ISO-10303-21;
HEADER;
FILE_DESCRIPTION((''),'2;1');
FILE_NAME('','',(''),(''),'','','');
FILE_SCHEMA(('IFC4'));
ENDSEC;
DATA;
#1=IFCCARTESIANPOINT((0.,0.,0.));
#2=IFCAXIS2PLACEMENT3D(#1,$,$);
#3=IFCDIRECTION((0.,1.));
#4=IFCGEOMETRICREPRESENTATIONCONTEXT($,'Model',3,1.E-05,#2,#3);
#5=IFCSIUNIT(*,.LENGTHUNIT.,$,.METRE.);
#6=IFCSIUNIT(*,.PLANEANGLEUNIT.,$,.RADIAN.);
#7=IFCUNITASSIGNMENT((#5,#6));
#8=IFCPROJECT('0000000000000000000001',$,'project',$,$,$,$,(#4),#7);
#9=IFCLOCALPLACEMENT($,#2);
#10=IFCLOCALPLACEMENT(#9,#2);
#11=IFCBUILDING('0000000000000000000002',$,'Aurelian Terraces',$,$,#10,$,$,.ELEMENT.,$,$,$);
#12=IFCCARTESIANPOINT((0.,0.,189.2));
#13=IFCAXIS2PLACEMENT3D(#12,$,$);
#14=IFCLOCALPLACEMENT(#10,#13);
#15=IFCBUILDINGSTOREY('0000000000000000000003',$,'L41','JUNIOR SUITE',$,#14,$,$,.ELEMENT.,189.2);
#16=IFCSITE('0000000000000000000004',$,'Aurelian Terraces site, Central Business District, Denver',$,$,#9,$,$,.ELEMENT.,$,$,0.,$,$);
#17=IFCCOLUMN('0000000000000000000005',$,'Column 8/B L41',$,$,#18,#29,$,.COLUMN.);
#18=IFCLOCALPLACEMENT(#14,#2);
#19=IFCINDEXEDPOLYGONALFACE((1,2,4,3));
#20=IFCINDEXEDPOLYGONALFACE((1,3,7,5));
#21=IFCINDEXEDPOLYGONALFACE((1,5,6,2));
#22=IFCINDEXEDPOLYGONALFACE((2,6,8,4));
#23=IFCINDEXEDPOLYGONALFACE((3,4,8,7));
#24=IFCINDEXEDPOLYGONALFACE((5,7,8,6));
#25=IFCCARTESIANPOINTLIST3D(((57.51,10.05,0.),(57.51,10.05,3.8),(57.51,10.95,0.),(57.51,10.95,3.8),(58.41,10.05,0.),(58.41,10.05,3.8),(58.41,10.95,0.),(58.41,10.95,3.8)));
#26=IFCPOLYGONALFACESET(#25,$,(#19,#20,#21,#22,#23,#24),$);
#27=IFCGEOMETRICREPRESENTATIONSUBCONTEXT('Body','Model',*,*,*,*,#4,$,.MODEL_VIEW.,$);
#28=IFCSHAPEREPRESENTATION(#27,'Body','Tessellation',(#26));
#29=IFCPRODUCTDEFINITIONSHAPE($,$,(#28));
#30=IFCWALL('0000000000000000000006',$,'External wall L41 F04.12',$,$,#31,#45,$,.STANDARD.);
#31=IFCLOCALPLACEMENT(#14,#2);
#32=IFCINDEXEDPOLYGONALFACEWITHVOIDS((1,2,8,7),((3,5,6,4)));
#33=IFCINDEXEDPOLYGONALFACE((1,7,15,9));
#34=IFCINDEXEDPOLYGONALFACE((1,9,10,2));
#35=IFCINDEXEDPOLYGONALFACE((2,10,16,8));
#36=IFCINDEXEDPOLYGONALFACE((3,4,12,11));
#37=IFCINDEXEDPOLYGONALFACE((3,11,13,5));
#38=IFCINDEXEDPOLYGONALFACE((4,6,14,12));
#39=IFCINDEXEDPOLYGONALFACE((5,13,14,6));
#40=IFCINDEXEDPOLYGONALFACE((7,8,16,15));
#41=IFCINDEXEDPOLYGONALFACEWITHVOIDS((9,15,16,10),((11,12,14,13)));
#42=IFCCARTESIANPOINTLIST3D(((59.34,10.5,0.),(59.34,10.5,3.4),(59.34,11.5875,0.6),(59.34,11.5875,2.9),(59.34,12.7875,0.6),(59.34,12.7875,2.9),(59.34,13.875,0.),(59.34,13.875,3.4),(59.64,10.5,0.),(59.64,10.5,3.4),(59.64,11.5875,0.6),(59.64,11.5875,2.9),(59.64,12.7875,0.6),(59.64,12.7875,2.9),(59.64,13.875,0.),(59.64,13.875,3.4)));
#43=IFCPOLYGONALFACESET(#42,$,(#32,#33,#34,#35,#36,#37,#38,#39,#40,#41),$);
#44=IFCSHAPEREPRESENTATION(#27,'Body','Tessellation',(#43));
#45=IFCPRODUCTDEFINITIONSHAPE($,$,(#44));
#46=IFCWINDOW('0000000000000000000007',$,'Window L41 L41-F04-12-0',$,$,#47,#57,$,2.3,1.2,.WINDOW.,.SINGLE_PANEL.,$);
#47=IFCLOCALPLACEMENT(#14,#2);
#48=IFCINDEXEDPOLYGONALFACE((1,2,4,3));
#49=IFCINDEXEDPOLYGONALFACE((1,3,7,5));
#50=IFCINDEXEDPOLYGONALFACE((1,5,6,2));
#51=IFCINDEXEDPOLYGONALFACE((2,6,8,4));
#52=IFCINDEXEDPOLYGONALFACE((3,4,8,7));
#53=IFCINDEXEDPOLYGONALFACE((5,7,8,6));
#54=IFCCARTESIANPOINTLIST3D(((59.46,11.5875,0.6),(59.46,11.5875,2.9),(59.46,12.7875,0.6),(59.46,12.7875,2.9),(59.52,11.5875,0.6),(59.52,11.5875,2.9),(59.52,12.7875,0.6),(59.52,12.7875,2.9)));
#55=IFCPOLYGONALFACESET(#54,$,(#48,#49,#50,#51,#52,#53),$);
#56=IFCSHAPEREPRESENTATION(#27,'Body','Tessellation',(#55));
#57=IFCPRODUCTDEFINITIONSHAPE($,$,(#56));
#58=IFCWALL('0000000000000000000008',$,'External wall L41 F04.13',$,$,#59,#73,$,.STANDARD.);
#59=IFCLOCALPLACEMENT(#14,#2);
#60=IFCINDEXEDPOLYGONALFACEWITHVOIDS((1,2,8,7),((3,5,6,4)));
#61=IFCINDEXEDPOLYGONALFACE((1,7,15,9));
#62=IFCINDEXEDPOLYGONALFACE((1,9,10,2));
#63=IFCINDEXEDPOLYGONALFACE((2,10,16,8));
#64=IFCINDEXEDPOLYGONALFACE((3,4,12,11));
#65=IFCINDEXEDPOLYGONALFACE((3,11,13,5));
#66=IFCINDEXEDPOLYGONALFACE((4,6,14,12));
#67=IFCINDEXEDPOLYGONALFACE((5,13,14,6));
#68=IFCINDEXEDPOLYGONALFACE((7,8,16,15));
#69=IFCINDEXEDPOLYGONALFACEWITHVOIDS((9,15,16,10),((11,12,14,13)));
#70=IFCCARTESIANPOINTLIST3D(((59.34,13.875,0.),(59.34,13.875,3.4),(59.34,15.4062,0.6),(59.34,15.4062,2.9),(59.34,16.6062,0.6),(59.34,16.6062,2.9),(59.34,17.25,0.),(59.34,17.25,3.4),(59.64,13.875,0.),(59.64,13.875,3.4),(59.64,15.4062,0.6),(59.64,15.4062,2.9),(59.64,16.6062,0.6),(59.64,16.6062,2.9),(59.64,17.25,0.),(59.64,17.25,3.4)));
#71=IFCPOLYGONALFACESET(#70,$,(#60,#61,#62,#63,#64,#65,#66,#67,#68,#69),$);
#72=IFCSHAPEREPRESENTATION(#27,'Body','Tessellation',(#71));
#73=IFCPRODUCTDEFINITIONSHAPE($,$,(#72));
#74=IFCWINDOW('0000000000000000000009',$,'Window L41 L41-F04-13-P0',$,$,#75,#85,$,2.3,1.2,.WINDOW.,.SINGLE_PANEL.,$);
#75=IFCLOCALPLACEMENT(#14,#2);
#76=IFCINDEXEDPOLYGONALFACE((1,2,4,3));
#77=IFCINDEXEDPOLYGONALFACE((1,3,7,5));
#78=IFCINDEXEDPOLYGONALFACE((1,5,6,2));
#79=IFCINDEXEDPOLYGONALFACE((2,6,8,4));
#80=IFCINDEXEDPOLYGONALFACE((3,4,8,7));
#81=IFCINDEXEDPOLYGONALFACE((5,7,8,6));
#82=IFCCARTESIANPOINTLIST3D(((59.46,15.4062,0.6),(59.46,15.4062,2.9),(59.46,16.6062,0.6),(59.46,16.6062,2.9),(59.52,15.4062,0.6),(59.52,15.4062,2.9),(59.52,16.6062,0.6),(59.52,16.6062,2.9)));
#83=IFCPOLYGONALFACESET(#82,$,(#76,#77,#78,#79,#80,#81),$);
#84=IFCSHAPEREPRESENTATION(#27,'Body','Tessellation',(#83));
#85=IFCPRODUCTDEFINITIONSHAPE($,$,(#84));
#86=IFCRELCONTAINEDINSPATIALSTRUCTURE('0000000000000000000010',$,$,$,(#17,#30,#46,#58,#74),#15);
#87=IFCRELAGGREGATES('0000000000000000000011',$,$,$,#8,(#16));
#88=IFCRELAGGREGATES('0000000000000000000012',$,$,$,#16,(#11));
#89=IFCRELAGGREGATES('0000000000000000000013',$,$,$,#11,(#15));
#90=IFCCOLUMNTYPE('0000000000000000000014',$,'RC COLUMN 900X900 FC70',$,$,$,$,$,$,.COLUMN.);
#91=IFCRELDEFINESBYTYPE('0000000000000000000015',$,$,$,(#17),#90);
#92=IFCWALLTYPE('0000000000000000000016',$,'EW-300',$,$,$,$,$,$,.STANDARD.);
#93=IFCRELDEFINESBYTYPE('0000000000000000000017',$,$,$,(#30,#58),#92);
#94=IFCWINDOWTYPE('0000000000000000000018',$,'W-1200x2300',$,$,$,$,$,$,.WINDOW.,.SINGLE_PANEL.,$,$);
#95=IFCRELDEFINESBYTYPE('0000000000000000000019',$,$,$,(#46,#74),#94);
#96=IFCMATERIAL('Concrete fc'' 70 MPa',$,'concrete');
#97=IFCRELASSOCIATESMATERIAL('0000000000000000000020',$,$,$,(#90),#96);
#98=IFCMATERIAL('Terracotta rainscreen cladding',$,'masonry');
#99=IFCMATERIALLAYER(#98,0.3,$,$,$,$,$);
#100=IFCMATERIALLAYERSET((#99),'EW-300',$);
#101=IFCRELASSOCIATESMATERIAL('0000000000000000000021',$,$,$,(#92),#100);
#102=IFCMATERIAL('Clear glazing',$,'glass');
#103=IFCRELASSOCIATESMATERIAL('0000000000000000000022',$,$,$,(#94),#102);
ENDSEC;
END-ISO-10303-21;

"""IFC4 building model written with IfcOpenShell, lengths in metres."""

from ifc_helpers import new_model, si_unit, direction, frame, frame_2d, origin, origin_2d, place, context, subcontext, project, spatial, rectangle, extrude, source, transform, mapped, material, layer, layer_set, material_profile, profile_set, type_object, element, fill, save


model = new_model("IFC4")

# Units and contexts
model_context = context("Model", 3, precision=1e-05, world=origin(), true_north=direction((0.0, 1.0)))
body_context = subcontext(model_context, "Body", "Model", "MODEL_VIEW")
ifc_project = project(units=[si_unit("LENGTHUNIT", "METRE"), si_unit("PLANEANGLEUNIT", "RADIAN")], contexts=[model_context])

# Site, building, storey
site_placement = place(None, origin())
site = spatial("IfcSite", under=ifc_project, at=site_placement, Name="Aurelian Terraces site, Central Business District, Denver", CompositionType="ELEMENT", RefElevation=0.0)
building_placement = place(site_placement, origin())
building = spatial("IfcBuilding", under=site, at=building_placement, Name="Aurelian Terraces", CompositionType="ELEMENT")
storey_placement = place(building_placement, frame((0.0, 0.0, 189.2)))
storey = spatial("IfcBuildingStorey", under=building, at=storey_placement, Name="L41", Description="JUNIOR SUITE", CompositionType="ELEMENT", Elevation=189.2)

# Column
ifc_material_1 = material(Name="Concrete fc' 70 MPa", Category="concrete")
ifc_material_profile = material_profile(ifc_material_1, rectangle(XDim=0.9, YDim=0.9, at=origin_2d()))
ifc_profile_set = profile_set([ifc_material_profile], Name="Concrete fc' 70 MPa")
column_type = type_object("IfcColumnType", Name="RC COLUMN 900X900 FC70", PredefinedType="COLUMN", material=ifc_profile_set)
shared_shape_1 = source(origin(), body_context, "Body", "SweptSolid", [
    extrude(rectangle(XDim=0.9, YDim=0.9, at=origin_2d()), origin(), (0.0, 0.0, 1.0), 3.8),
])
column_placement = place(storey_placement, frame((57.96, 10.5, 0.0), z_axis=(0.0, 0.0, 1.0), x_axis=(1.0, 0.0, 0.0)))
element("IfcColumn", 1, at=column_placement, inside=storey, type_object=column_type, Name="Column 8/B L41", PredefinedType="COLUMN", context=body_context, shape_type="MappedRepresentation", body=[
    mapped(shared_shape_1, transform((0.0, 0.0, 0.0), scale=1.0)),
])

# Walls, openings, windows
ifc_material_2 = material(Name="Terracotta rainscreen cladding", Category="masonry")
ifc_layer_1 = layer(ifc_material_2, 0.3)
ifc_layer_set_1 = layer_set([ifc_layer_1], Name="EW-300")
wall_type_1 = type_object("IfcWallType", Name="EW-300", PredefinedType="STANDARD", material=ifc_layer_set_1)
shared_shape_2 = source(origin(), body_context, "Body", "SweptSolid", [
    extrude(rectangle(XDim=3.375, YDim=0.3, at=frame_2d((1.6875, 0.0))), origin(), (0.0, 0.0, 1.0), 3.4),
])
wall_1_placement = place(storey_placement, frame((59.49, 10.5, 0.0), z_axis=(0.0, 0.0, 1.0), x_axis=(0.0, 1.0, 0.0)))
wall_1 = element("IfcWall", 2, at=wall_1_placement, inside=storey, type_object=wall_type_1, Name="External wall L41 F04.12", PredefinedType="STANDARD", context=body_context, shape_type="MappedRepresentation", body=[
    mapped(shared_shape_2, transform((0.0, 0.0, 0.0), scale=1.0)),
])
shared_shape_3 = source(origin(), body_context, "Body", "SweptSolid", [
    extrude(rectangle(XDim=1.2, YDim=2.3, at=frame_2d((0.6, 1.15))), frame((0.0, 0.16, 0.0), z_axis=(0.0, -1.0, 0.0), x_axis=(1.0, 0.0, 0.0)), (0.0, 0.0, 1.0), 0.32),
])
opening_1_placement = place(wall_1_placement, frame((1.0875, 0.0, 0.6)))
opening_1 = element("IfcOpeningElement", 3, at=opening_1_placement, cuts=wall_1, PredefinedType="OPENING", context=body_context, shape_type="MappedRepresentation", body=[
    mapped(shared_shape_3, transform((0.0, 0.0, 0.0), scale=1.0)),
])
ifc_material_3 = material(Name="Clear glazing", Category="glass")
window_type_1 = type_object("IfcWindowType", Name="W-1200x2300", PartitioningType="SINGLE_PANEL", PredefinedType="WINDOW", material=ifc_material_3)
shared_shape_4 = source(origin(), body_context, "Body", "SweptSolid", [
    extrude(rectangle(XDim=1.2, YDim=2.3, at=frame_2d((0.6, 1.15))), frame((0.0, 0.03, 0.0), z_axis=(0.0, -1.0, 0.0), x_axis=(1.0, 0.0, 0.0)), (0.0, 0.0, 1.0), 0.06),
])
window_1_placement = place(opening_1_placement, origin())
window_1 = element("IfcWindow", 4, at=window_1_placement, inside=storey, type_object=window_type_1, Name="Window L41 L41-F04-12-0", OverallHeight=2.3, OverallWidth=1.2, PartitioningType="SINGLE_PANEL", PredefinedType="WINDOW", context=body_context, shape_type="MappedRepresentation", body=[
    mapped(shared_shape_4, transform((0.0, 0.0, 0.0), scale=1.0)),
])
fill(opening_1, window_1)
wall_2_placement = place(storey_placement, frame((59.49, 13.875, 0.0), z_axis=(0.0, 0.0, 1.0), x_axis=(0.0, 1.0, 0.0)))
wall_2 = element("IfcWall", 5, at=wall_2_placement, inside=storey, type_object=wall_type_1, Name="External wall L41 F04.13", PredefinedType="STANDARD", context=body_context, shape_type="MappedRepresentation", body=[
    mapped(shared_shape_2, transform((0.0, 0.0, 0.0), scale=1.0)),
])
opening_2_placement = place(wall_2_placement, frame((1.5312, 0.0, 0.6)))
opening_2 = element("IfcOpeningElement", 6, at=opening_2_placement, cuts=wall_2, PredefinedType="OPENING", context=body_context, shape_type="MappedRepresentation", body=[
    mapped(shared_shape_3, transform((0.0, 0.0, 0.0), scale=1.0)),
])
window_2_placement = place(opening_2_placement, origin())
window_2 = element("IfcWindow", 7, at=window_2_placement, inside=storey, type_object=window_type_1, Name="Window L41 L41-F04-13-P0", OverallHeight=2.3, OverallWidth=1.2, PartitioningType="SINGLE_PANEL", PredefinedType="WINDOW", context=body_context, shape_type="MappedRepresentation", body=[
    mapped(shared_shape_4, transform((0.0, 0.0, 0.0), scale=1.0)),
])
fill(opening_2, window_2)

save(model, "model.ifc")
